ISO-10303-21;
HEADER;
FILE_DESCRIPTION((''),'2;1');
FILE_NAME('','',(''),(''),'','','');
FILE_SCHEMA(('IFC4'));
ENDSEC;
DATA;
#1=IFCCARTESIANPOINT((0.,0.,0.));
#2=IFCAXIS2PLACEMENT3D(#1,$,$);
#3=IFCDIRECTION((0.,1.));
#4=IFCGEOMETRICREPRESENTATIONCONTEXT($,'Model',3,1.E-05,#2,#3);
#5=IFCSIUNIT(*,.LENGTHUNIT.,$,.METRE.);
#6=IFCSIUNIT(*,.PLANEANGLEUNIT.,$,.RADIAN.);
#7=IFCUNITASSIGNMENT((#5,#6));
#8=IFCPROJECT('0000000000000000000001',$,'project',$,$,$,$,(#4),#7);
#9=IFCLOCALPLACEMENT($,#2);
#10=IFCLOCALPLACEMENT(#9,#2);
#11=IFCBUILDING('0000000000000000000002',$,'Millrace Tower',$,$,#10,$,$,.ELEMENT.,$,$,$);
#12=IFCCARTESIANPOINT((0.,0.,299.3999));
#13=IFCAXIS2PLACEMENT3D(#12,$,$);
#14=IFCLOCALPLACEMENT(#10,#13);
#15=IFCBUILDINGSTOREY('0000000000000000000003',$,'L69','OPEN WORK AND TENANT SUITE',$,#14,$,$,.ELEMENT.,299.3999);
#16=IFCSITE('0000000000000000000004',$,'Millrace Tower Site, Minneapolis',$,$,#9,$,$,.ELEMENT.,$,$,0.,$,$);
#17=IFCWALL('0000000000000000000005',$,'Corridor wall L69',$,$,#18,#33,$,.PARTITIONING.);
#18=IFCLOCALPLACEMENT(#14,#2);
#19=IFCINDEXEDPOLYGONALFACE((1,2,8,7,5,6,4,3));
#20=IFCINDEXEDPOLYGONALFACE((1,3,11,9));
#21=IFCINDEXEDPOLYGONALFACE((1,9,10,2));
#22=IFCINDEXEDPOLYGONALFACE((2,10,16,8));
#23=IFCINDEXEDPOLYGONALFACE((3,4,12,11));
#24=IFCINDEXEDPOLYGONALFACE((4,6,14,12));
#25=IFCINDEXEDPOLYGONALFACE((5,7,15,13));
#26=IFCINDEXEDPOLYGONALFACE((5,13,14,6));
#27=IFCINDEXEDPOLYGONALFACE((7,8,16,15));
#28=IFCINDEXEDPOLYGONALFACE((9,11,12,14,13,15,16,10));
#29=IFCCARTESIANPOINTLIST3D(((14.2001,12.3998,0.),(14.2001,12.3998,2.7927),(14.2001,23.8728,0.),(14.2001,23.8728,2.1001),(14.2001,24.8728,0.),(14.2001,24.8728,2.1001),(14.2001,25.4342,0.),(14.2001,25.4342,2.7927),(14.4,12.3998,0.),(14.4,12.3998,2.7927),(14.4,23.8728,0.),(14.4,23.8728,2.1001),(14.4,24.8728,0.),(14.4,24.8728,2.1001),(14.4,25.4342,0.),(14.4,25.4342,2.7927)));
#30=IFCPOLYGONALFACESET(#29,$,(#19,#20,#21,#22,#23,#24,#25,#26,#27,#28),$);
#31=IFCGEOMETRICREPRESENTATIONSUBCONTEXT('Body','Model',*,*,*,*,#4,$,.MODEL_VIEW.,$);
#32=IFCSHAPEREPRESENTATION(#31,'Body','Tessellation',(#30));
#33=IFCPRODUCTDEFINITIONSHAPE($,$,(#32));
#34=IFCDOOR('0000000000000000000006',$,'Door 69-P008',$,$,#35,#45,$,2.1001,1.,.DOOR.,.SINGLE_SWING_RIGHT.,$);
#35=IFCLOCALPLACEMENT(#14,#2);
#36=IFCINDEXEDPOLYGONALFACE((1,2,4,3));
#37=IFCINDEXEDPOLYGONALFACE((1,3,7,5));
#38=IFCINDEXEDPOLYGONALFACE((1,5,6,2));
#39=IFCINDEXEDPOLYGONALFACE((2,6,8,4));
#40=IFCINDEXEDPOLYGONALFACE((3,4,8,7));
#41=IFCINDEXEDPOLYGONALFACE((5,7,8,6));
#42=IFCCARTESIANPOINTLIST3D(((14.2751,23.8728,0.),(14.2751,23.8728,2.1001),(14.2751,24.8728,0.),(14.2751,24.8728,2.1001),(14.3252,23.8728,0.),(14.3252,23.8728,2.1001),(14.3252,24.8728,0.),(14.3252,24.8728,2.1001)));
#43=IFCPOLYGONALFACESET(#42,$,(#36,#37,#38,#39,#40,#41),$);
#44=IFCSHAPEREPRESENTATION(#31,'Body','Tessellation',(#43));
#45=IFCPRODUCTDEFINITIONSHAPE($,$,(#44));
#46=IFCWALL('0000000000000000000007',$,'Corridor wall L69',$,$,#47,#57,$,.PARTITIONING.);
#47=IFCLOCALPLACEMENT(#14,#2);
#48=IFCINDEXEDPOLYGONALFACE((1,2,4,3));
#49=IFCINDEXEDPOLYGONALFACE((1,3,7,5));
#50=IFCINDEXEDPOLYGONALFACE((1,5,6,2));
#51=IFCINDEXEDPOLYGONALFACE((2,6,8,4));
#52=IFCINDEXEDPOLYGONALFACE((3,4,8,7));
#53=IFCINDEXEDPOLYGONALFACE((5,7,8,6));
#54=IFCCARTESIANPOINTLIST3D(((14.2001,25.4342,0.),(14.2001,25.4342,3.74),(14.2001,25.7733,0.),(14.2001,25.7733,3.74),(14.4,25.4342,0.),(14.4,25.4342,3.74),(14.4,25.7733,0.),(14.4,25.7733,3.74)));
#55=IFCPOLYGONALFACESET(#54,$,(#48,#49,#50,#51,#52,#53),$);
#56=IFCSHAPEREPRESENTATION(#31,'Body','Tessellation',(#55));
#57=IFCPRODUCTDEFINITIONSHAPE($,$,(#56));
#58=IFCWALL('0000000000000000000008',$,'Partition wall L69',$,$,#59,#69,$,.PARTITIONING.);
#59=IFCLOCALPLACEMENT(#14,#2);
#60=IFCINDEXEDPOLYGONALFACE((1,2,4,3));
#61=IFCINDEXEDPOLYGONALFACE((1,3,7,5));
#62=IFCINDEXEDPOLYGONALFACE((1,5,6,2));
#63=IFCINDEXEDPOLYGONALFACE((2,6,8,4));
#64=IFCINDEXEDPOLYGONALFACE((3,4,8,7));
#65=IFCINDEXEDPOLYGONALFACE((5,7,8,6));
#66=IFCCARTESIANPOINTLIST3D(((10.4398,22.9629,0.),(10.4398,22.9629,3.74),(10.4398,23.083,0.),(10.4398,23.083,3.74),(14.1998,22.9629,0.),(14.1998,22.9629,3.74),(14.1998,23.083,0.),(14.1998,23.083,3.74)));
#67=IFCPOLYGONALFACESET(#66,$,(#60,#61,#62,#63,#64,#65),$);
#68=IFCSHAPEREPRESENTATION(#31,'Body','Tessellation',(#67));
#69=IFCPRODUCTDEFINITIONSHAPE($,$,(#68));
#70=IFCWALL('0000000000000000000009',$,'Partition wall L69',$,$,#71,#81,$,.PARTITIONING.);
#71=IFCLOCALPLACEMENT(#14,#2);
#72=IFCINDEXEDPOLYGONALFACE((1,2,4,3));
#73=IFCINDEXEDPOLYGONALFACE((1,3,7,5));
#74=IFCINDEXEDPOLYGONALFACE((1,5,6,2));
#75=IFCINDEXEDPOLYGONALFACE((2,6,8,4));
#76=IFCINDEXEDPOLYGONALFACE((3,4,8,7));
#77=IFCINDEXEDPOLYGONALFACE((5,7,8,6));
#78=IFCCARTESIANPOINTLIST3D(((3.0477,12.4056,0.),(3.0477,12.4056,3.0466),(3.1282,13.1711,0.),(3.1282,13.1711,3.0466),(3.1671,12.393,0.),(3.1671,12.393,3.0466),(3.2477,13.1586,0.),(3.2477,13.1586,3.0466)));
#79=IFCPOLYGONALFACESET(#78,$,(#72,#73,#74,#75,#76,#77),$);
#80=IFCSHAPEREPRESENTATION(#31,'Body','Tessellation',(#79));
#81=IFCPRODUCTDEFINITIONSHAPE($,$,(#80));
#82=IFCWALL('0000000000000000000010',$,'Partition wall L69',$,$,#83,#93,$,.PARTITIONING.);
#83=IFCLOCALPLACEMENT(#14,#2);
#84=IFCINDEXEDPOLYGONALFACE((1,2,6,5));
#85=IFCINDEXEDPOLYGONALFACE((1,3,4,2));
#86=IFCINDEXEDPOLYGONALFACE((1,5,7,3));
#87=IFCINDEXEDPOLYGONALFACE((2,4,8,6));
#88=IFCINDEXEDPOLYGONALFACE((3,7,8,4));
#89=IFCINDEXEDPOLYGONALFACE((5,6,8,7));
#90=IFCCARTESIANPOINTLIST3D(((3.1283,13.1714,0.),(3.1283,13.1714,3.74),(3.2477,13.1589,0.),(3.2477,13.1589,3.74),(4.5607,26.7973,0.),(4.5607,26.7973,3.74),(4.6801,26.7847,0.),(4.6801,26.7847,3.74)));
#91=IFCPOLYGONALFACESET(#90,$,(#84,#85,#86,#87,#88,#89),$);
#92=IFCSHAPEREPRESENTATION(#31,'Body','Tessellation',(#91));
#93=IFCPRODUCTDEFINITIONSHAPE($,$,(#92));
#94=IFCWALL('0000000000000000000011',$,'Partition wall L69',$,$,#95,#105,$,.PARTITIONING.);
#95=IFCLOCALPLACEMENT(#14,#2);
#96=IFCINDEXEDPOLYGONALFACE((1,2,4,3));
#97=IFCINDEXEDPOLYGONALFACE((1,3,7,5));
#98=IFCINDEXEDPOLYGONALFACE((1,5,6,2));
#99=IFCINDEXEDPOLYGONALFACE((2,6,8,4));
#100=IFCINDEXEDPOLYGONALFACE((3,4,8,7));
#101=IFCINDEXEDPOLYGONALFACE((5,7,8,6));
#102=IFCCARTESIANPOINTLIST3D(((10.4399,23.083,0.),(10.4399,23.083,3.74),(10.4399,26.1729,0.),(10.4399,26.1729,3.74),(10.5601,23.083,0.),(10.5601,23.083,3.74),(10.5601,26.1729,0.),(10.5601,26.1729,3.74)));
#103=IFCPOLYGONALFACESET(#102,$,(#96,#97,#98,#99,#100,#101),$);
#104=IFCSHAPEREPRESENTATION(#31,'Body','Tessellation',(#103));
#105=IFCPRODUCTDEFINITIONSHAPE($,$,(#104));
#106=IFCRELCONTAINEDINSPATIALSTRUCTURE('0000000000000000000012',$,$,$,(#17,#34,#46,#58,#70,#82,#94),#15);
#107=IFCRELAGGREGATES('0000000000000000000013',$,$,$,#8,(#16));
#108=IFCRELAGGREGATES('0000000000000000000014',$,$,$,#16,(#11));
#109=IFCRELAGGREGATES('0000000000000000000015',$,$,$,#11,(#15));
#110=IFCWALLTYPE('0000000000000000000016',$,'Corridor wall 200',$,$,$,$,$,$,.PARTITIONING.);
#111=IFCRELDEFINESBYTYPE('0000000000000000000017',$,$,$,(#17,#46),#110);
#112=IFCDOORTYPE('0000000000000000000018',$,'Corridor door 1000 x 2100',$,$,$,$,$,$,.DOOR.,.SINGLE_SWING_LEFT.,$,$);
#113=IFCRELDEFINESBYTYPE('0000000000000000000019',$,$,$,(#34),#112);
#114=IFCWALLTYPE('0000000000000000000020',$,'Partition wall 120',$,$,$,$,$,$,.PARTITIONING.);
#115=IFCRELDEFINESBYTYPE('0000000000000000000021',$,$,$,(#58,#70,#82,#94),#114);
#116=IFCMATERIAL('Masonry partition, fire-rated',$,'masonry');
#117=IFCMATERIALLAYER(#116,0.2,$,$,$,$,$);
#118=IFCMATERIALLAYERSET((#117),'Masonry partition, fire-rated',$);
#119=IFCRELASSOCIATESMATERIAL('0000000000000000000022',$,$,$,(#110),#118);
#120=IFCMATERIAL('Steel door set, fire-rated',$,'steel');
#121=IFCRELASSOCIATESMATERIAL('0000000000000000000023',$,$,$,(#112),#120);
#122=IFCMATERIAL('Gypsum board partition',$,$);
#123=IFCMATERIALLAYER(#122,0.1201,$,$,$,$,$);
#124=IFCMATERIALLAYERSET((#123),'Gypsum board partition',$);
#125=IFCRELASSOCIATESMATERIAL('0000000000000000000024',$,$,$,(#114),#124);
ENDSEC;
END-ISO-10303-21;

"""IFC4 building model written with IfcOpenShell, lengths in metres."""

from ifc_helpers import new_model, si_unit, direction, frame, frame_2d, origin, place, context, subcontext, project, spatial, rectangle, extrude, material, layer, layer_set, type_object, element, fill, save


model = new_model("IFC4")

# Units and contexts
model_context = context("Model", 3, precision=1e-05, world=origin(), true_north=direction((0.0, 1.0)))
body_context = subcontext(model_context, "Body", "Model", "MODEL_VIEW")
ifc_project = project(units=[si_unit("LENGTHUNIT", "METRE"), si_unit("PLANEANGLEUNIT", "RADIAN")], contexts=[model_context])

# Site, building, storey
site_placement = place(None, origin())
site = spatial("IfcSite", under=ifc_project, at=site_placement, Name="Millrace Tower Site, Minneapolis", CompositionType="ELEMENT", RefElevation=0.0)
building_placement = place(site_placement, origin())
building = spatial("IfcBuilding", under=site, at=building_placement, Name="Millrace Tower", CompositionType="ELEMENT")
storey_placement = place(building_placement, frame((0.0, 0.0, 299.3999)))
storey = spatial("IfcBuildingStorey", under=building, at=storey_placement, Name="L69", Description="OPEN WORK AND TENANT SUITE", CompositionType="ELEMENT", Elevation=299.3999)

# Shared definitions
ifc_material_1 = material(Name="Masonry partition, fire-rated", Category="masonry")
ifc_layer_1 = layer(ifc_material_1, 0.2)
ifc_layer_set_1 = layer_set([ifc_layer_1], Name="Masonry partition, fire-rated")
wall_type_1 = type_object("IfcWallType", Name="Corridor wall 200", PredefinedType="PARTITIONING", material=ifc_layer_set_1)

# Wall, opening, door
wall_1_placement = place(storey_placement, frame((14.3, 12.3999, 0.0), z_axis=(0.0, 0.0, 1.0), x_axis=(0.0, 1.0, 0.0)))
wall_1 = element("IfcWall", 1, at=wall_1_placement, inside=storey, type_object=wall_type_1, Name="Corridor wall L69", PredefinedType="PARTITIONING", context=body_context, shape_type="SweptSolid", body=[
    extrude(rectangle(XDim=13.0344, YDim=0.2, at=frame_2d((6.5171, 0.0))), origin(), (0.0, 0.0, 1.0), 2.7927),
])
opening_placement = place(wall_1_placement, frame((11.4729, 0.0, 0.0)))
opening = element("IfcOpeningElement", 2, at=opening_placement, cuts=wall_1, PredefinedType="OPENING", context=body_context, shape_type="SweptSolid", body=[
    extrude(rectangle(XDim=1.0, YDim=2.1001, at=frame_2d((0.5, 1.05))), frame((0.0, 0.1099, 0.0), z_axis=(0.0, -1.0, 0.0), x_axis=(1.0, 0.0, 0.0)), (0.0, 0.0, 1.0), 0.22),
])
ifc_material_2 = material(Name="Steel door set, fire-rated", Category="steel")
door_type = type_object("IfcDoorType", Name="Corridor door 1000 x 2100", OperationType="SINGLE_SWING_LEFT", PredefinedType="DOOR", material=ifc_material_2)
door_placement = place(opening_placement, origin())
door = element("IfcDoor", 3, at=door_placement, inside=storey, type_object=door_type, Name="Door 69-P008", OperationType="SINGLE_SWING_RIGHT", OverallHeight=2.1001, OverallWidth=1.0, PredefinedType="DOOR", context=body_context, shape_type="SweptSolid", body=[
    extrude(rectangle(XDim=1.0, YDim=2.1001, at=frame_2d((0.5, 1.05))), frame((0.0, 0.0249, 0.0), z_axis=(0.0, -1.0, 0.0), x_axis=(1.0, 0.0, 0.0)), (0.0, 0.0, 1.0), 0.05),
])
fill(opening, door)

# Walls
wall_2_placement = place(storey_placement, frame((14.3, 25.4343, 0.0), z_axis=(0.0, 0.0, 1.0), x_axis=(0.0, 1.0, 0.0)))
element("IfcWall", 4, at=wall_2_placement, inside=storey, type_object=wall_type_1, Name="Corridor wall L69", PredefinedType="PARTITIONING", context=body_context, shape_type="SweptSolid", body=[
    extrude(rectangle(XDim=0.3391, YDim=0.2, at=frame_2d((0.1694, 0.0))), origin(), (0.0, 0.0, 1.0), 3.74),
])
ifc_material_3 = material(Name="Gypsum board partition")
ifc_layer_2 = layer(ifc_material_3, 0.1201)
ifc_layer_set_2 = layer_set([ifc_layer_2], Name="Gypsum board partition")
wall_type_2 = type_object("IfcWallType", Name="Partition wall 120", PredefinedType="PARTITIONING", material=ifc_layer_set_2)
wall_3_placement = place(storey_placement, frame((10.4399, 23.0229, 0.0), z_axis=(0.0, 0.0, 1.0), x_axis=(1.0, 0.0, 0.0)))
element("IfcWall", 5, at=wall_3_placement, inside=storey, type_object=wall_type_2, Name="Partition wall L69", PredefinedType="PARTITIONING", context=body_context, shape_type="SweptSolid", body=[
    extrude(rectangle(XDim=3.76, YDim=0.1201, at=frame_2d((1.8799, 0.0))), origin(), (0.0, 0.0, 1.0), 3.74),
])
wall_4_placement = place(storey_placement, frame((3.1074, 12.3994, 0.0), z_axis=(0.0, 0.0, 1.0), x_axis=(0.104652, 0.994509, 0.0)))
element("IfcWall", 6, at=wall_4_placement, inside=storey, type_object=wall_type_2, Name="Partition wall L69", PredefinedType="PARTITIONING", context=body_context, shape_type="SweptSolid", body=[
    extrude(rectangle(XDim=0.7698, YDim=0.1201, at=frame_2d((0.3848, 0.0))), origin(), (0.0, 0.0, 1.0), 3.0466),
])
wall_5_placement = place(storey_placement, frame((3.188, 13.165, 0.0), z_axis=(0.0, 0.0, 1.0), x_axis=(0.104547, 0.99452, 0.0)))
element("IfcWall", 7, at=wall_5_placement, inside=storey, type_object=wall_type_2, Name="Partition wall L69", PredefinedType="PARTITIONING", context=body_context, shape_type="SweptSolid", body=[
    extrude(rectangle(XDim=13.7009, YDim=0.1201, at=frame_2d((6.8506, 0.0))), origin(), (0.0, 0.0, 1.0), 3.74),
])
wall_6_placement = place(storey_placement, frame((10.5, 23.083, 0.0), z_axis=(0.0, 0.0, 1.0), x_axis=(0.0, 1.0, 0.0)))
element("IfcWall", 8, at=wall_6_placement, inside=storey, type_object=wall_type_2, Name="Partition wall L69", PredefinedType="PARTITIONING", context=body_context, shape_type="SweptSolid", body=[
    extrude(rectangle(XDim=3.0898, YDim=0.1201, at=frame_2d((1.5449, 0.0))), origin(), (0.0, 0.0, 1.0), 3.74),
])

save(model, "model.ifc")
